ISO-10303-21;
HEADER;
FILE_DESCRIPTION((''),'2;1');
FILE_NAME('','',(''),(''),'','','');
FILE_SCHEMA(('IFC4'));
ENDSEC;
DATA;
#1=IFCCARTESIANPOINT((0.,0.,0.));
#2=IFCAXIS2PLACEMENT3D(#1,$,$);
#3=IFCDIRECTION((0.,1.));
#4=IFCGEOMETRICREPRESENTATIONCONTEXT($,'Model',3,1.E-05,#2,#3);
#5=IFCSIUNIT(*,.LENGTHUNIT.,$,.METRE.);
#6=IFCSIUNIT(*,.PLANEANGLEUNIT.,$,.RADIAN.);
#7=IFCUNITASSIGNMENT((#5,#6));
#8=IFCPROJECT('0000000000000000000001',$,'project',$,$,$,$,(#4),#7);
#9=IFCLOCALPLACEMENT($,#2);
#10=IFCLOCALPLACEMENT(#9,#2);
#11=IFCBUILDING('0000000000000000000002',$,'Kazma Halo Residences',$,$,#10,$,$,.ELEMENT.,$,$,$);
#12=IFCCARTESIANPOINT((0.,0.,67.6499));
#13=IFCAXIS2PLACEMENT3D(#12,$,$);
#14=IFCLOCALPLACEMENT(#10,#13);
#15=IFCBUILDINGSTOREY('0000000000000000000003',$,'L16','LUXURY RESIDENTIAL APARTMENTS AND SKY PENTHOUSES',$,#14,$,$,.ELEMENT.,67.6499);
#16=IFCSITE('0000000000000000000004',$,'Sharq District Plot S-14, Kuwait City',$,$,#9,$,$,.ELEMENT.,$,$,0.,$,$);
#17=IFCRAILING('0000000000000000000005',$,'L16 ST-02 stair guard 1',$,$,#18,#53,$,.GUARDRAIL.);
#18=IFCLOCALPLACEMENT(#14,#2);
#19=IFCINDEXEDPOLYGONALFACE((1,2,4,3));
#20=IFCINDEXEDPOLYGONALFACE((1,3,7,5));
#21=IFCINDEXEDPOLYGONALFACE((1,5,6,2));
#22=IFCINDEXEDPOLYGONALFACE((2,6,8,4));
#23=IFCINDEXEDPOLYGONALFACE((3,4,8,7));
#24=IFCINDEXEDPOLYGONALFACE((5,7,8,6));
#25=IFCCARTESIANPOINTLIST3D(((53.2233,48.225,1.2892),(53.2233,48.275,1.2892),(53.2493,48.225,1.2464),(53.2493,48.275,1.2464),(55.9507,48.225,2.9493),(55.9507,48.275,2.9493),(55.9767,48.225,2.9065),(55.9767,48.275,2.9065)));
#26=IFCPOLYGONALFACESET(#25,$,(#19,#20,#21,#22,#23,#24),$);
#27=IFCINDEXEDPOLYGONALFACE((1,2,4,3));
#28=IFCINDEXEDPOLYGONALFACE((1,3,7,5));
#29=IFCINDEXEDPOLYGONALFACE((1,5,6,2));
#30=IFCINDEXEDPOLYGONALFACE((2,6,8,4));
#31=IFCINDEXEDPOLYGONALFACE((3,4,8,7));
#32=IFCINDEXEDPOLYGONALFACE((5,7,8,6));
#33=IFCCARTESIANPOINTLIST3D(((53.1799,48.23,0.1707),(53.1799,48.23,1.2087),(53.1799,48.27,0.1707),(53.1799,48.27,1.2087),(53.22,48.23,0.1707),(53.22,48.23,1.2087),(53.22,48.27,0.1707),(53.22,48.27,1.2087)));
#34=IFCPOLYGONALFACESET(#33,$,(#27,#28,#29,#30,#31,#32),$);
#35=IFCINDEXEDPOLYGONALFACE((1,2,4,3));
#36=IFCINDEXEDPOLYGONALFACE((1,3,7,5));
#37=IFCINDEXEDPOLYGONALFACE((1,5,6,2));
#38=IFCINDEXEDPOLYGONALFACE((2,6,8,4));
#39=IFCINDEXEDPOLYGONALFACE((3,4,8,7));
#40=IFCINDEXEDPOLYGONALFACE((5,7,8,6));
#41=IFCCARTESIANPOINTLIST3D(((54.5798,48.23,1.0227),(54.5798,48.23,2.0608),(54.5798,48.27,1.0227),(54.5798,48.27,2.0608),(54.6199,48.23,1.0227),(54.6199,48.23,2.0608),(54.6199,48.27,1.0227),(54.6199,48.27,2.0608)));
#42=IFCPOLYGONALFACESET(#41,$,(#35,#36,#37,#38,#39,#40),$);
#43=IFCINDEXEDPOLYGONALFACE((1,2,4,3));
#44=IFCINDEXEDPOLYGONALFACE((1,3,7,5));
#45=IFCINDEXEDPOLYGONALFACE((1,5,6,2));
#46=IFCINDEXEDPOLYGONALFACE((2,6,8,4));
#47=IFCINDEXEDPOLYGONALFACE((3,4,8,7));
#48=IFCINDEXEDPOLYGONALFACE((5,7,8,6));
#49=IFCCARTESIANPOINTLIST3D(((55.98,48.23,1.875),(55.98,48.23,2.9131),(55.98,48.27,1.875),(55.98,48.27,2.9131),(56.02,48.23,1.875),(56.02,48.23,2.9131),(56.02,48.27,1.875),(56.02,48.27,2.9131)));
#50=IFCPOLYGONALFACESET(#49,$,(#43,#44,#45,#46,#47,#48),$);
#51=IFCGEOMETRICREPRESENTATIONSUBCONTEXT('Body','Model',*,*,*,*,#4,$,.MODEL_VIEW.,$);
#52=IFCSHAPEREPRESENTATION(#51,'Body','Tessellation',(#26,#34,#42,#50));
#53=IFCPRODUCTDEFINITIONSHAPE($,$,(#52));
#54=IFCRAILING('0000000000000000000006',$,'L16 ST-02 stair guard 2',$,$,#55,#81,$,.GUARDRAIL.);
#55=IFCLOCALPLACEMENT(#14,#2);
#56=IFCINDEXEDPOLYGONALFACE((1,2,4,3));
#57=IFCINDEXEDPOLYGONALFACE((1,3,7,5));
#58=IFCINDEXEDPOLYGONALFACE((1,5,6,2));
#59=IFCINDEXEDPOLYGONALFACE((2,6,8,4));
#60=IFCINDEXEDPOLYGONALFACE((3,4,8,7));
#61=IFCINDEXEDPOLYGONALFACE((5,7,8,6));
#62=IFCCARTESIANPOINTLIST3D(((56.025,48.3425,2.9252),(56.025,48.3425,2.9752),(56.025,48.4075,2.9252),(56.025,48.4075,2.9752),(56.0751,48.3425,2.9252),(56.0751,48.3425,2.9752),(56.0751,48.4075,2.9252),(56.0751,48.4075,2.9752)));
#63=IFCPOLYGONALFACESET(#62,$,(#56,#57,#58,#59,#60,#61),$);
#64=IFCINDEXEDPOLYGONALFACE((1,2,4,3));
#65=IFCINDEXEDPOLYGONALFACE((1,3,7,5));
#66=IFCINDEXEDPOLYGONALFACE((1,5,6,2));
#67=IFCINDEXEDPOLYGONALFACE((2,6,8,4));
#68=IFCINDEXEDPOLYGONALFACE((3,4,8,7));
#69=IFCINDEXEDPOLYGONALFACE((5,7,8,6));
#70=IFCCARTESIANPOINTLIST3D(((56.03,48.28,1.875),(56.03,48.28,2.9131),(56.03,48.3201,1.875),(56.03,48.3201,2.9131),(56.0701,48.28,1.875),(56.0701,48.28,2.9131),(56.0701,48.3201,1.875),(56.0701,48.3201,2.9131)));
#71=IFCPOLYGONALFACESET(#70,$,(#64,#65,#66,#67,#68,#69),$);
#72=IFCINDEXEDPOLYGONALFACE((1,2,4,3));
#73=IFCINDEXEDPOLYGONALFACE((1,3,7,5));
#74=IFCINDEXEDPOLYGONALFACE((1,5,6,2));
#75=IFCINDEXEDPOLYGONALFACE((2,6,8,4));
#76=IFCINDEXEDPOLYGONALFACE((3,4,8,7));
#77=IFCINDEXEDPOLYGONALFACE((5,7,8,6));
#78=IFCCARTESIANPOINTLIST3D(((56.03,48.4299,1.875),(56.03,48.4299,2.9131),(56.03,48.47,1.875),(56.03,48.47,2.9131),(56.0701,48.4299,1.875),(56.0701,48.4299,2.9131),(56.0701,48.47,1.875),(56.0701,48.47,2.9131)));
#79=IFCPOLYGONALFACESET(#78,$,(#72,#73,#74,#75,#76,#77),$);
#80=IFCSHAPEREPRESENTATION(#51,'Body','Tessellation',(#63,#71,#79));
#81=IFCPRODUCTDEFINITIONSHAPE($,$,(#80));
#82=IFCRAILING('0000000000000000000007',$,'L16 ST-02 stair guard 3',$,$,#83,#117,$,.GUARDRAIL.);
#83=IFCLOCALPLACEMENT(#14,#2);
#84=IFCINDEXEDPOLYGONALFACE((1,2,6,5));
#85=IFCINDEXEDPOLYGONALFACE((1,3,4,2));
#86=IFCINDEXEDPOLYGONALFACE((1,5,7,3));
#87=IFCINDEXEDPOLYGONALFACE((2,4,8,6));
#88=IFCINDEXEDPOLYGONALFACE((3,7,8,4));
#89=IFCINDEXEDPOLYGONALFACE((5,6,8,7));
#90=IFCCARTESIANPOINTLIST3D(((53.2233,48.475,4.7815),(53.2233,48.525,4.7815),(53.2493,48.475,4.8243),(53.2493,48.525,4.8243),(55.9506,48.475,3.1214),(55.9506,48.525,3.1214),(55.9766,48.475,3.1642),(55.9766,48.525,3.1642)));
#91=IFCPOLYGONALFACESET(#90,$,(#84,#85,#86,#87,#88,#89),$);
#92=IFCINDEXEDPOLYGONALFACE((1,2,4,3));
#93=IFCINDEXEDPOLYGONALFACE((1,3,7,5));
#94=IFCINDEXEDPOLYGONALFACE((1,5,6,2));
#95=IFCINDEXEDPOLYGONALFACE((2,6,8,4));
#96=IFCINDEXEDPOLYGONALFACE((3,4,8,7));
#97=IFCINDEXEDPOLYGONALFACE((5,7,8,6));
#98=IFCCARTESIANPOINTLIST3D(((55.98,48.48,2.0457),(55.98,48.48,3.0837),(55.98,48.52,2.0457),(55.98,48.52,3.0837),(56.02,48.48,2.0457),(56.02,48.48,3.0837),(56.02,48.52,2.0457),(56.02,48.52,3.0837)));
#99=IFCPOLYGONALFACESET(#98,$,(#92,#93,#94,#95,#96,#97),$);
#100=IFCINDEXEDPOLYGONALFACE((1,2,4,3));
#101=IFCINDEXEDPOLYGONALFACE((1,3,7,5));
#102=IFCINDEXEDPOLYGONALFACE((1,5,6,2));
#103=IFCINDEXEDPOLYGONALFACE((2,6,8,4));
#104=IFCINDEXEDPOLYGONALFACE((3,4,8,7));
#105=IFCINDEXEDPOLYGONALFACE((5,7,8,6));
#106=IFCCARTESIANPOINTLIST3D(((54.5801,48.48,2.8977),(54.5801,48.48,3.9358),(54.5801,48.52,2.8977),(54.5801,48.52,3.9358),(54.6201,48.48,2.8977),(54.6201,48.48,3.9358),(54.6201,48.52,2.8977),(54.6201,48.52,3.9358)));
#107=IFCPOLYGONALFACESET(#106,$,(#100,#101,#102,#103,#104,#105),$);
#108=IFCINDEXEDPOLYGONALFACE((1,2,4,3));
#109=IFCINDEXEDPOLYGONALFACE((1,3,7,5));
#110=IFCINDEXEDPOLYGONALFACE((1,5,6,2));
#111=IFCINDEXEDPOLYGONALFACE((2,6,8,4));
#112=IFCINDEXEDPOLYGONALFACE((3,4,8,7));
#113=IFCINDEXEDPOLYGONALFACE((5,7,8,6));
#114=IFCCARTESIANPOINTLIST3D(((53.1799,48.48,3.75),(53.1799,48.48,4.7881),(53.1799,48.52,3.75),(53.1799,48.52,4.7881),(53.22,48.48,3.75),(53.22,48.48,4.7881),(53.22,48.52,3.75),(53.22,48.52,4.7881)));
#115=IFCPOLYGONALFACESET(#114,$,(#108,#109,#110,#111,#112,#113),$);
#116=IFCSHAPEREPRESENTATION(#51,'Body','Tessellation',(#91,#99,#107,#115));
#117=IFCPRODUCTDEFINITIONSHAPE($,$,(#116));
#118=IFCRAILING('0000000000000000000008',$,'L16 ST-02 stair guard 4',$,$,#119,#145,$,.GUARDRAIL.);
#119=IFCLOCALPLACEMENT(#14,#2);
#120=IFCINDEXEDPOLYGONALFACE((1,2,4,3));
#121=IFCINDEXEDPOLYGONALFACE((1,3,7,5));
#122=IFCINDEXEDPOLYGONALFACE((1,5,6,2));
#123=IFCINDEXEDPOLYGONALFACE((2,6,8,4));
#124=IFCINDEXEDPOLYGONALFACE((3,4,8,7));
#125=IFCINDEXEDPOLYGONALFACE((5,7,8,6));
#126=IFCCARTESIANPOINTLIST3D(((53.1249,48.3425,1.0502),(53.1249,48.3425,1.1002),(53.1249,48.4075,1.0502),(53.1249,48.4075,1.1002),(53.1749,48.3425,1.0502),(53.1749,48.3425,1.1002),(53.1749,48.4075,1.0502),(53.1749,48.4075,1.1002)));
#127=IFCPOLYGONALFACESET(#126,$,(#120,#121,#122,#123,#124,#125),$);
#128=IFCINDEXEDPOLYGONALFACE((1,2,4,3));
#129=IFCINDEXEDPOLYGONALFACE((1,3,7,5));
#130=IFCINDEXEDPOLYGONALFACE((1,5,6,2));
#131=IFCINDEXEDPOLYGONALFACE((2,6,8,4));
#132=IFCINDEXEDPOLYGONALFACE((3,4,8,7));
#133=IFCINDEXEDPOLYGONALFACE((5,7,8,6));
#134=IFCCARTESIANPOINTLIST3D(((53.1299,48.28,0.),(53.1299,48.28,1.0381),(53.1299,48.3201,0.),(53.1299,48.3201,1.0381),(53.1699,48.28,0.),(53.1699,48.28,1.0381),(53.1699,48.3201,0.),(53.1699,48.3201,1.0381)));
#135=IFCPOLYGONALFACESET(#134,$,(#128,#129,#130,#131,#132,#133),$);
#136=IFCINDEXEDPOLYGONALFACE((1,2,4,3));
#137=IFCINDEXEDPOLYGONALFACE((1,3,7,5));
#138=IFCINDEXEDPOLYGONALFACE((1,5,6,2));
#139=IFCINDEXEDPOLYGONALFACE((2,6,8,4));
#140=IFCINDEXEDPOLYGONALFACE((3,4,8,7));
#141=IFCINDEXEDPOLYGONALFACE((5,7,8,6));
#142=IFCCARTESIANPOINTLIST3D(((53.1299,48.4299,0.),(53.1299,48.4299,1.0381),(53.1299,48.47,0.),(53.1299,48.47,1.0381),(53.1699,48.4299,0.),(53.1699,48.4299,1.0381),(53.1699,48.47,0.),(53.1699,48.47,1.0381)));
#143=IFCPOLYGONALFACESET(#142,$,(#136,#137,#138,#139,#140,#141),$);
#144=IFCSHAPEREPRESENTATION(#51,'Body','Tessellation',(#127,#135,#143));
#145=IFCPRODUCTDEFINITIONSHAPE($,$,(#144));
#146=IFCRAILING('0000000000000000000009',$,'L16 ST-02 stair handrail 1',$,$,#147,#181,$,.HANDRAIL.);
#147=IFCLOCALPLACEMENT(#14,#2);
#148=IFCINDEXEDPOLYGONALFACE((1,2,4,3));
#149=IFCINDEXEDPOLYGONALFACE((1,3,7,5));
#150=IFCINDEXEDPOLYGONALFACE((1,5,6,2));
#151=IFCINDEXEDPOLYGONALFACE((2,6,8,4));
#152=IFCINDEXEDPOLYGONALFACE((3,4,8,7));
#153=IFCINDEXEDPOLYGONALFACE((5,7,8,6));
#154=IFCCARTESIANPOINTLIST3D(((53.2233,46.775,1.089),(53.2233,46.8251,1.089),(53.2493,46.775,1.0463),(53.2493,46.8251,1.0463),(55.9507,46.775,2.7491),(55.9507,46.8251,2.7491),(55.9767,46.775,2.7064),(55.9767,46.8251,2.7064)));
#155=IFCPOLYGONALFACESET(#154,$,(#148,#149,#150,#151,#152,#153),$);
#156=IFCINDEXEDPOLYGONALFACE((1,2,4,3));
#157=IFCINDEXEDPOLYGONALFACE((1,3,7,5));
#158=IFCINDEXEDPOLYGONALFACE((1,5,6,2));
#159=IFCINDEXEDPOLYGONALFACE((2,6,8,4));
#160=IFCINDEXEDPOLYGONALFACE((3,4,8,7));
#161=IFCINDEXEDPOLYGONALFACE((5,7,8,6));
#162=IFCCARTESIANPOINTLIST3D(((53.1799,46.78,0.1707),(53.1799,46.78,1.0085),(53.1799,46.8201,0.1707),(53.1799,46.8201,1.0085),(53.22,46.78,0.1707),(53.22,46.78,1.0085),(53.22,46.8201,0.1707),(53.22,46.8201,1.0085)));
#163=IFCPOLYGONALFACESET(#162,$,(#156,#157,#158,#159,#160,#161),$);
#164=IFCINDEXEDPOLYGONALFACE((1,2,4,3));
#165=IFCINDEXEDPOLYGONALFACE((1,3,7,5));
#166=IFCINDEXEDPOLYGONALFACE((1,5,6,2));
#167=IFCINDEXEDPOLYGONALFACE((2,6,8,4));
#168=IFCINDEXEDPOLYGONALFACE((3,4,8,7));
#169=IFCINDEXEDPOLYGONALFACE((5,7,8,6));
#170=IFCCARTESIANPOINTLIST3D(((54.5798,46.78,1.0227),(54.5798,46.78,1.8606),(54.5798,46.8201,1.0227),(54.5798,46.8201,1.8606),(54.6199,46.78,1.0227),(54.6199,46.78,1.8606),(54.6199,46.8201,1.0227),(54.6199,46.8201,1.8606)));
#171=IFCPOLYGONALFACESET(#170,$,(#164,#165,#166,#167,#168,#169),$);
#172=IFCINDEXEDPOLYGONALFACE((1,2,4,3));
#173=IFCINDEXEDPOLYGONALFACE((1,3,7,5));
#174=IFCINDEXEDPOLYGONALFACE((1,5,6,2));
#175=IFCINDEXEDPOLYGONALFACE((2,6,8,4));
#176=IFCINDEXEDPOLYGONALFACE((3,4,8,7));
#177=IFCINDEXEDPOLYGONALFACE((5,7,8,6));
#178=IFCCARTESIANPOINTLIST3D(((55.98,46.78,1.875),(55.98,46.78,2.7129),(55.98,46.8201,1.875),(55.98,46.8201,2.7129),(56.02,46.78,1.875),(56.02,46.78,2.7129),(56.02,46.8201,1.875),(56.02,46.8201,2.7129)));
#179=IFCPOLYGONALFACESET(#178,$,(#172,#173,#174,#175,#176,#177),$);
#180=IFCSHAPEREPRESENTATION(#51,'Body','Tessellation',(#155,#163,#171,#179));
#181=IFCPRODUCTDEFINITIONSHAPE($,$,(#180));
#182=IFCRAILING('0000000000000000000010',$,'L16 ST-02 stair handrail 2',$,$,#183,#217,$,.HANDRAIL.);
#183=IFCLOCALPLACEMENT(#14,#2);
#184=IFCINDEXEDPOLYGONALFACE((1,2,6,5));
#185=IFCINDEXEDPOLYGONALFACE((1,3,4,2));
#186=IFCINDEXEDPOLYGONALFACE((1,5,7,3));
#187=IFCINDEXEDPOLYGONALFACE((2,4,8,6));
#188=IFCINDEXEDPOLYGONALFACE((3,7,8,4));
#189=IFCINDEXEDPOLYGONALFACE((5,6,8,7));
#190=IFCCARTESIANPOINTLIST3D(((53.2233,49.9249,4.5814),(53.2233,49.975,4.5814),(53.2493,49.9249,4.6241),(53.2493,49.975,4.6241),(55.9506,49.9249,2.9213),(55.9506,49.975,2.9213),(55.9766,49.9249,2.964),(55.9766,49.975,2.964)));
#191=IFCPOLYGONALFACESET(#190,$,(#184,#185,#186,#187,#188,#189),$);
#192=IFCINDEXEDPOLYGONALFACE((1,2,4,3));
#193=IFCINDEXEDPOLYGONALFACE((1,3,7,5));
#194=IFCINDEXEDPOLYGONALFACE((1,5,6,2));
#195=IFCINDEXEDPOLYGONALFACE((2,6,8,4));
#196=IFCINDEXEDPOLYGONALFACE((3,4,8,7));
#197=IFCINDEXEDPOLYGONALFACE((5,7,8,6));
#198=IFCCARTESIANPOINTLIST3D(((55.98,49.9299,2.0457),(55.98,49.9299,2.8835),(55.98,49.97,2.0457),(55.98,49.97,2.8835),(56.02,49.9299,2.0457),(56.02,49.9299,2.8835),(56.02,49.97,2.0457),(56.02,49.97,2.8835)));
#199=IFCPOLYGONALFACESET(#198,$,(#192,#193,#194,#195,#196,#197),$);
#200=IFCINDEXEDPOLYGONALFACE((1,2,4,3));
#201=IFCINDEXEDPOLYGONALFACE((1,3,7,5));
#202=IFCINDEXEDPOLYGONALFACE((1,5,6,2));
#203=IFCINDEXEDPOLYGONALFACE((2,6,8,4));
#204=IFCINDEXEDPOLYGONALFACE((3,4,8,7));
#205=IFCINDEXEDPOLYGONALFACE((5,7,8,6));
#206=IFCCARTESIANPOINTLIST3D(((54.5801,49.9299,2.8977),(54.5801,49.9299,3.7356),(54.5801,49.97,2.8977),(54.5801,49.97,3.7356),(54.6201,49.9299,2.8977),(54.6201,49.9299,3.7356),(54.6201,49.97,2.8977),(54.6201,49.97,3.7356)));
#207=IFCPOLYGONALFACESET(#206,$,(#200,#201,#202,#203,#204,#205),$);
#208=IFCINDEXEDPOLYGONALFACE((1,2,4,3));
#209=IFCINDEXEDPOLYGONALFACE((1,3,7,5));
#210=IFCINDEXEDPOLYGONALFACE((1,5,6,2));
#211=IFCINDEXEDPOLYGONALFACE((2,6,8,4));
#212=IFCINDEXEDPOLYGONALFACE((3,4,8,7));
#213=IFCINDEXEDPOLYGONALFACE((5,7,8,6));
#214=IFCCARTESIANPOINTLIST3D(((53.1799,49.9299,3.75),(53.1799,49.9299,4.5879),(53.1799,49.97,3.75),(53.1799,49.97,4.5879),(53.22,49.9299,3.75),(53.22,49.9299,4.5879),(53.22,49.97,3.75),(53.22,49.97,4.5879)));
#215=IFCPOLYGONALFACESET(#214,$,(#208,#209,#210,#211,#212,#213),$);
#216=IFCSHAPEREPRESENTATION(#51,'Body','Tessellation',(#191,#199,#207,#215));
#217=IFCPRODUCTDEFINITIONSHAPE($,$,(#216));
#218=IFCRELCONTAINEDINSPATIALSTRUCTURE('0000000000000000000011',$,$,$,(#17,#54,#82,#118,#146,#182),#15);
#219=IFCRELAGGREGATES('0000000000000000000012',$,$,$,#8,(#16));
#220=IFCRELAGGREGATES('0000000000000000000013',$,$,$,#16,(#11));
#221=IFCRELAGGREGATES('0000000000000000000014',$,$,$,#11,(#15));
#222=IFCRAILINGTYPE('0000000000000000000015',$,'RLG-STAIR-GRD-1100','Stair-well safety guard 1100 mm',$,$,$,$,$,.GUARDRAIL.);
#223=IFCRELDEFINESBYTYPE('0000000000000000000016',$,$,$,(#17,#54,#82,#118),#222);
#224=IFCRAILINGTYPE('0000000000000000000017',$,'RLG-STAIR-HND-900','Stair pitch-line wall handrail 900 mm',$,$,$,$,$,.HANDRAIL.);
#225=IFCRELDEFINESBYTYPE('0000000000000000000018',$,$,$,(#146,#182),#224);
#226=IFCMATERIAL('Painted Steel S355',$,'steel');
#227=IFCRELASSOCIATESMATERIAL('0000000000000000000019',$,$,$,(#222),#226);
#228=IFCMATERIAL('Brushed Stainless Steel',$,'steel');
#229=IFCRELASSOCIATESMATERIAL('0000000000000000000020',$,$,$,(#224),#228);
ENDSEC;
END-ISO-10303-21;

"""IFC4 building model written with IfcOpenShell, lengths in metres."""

from ifc_helpers import new_model, si_unit, direction, frame, origin, origin_2d, place, context, subcontext, project, spatial, rectangle, extrude, material, type_object, element, save


model = new_model("IFC4")

# Units and contexts
model_context = context("Model", 3, precision=1e-05, world=origin(), true_north=direction((0.0, 1.0)))
body_context = subcontext(model_context, "Body", "Model", "MODEL_VIEW")
ifc_project = project(units=[si_unit("LENGTHUNIT", "METRE"), si_unit("PLANEANGLEUNIT", "RADIAN")], contexts=[model_context])

# Site, building, storey
site_placement = place(None, origin())
site = spatial("IfcSite", under=ifc_project, at=site_placement, Name="Sharq District Plot S-14, Kuwait City", CompositionType="ELEMENT", RefElevation=0.0)
building_placement = place(site_placement, origin())
building = spatial("IfcBuilding", under=site, at=building_placement, Name="Kazma Halo Residences", CompositionType="ELEMENT")
storey_placement = place(building_placement, frame((0.0, 0.0, 67.6499)))
storey = spatial("IfcBuildingStorey", under=building, at=storey_placement, Name="L16", Description="LUXURY RESIDENTIAL APARTMENTS AND SKY PENTHOUSES", CompositionType="ELEMENT", Elevation=67.6499)

# Railings
ifc_material_1 = material(Name="Painted Steel S355", Category="steel")
railing_type_1 = type_object("IfcRailingType", Name="RLG-STAIR-GRD-1100", Description="Stair-well safety guard 1100 mm", PredefinedType="GUARDRAIL", material=ifc_material_1)
railing_1_placement = place(storey_placement, frame((53.2, 48.25, 0.1707)))
element("IfcRailing", 1, at=railing_1_placement, inside=storey, type_object=railing_type_1, Name="L16 ST-02 stair guard 1", PredefinedType="GUARDRAIL", context=body_context, shape_type="SweptSolid", body=[
    extrude(rectangle(XDim=0.05, YDim=0.05, at=origin_2d()), frame((0.0364, 0.0, 1.0972), z_axis=(0.854203, 0.0, 0.51994), x_axis=(0.0, 1.0, 0.0)), (0.0, 0.0, 1.0), 3.1929),
    extrude(rectangle(XDim=0.04, YDim=0.04, at=origin_2d()), origin(), (0.0, 0.0, 1.0), 1.0381),
    extrude(rectangle(XDim=0.04, YDim=0.04, at=origin_2d()), frame((1.3999, 0.0, 0.8521)), (0.0, 0.0, 1.0), 1.0381),
    extrude(rectangle(XDim=0.04, YDim=0.04, at=origin_2d()), frame((2.8, 0.0, 1.7043)), (0.0, 0.0, 1.0), 1.0381),
])
railing_2_placement = place(storey_placement, frame((56.05, 48.3, 1.875)))
element("IfcRailing", 2, at=railing_2_placement, inside=storey, type_object=railing_type_1, Name="L16 ST-02 stair guard 2", PredefinedType="GUARDRAIL", context=body_context, shape_type="SweptSolid", body=[
    extrude(rectangle(XDim=0.05, YDim=0.05, at=origin_2d()), frame((0.0, 0.0425, 1.0752), z_axis=(0.0, 1.0, 0.0), x_axis=(-1.0, 0.0, 0.0)), (0.0, 0.0, 1.0), 0.0649),
    extrude(rectangle(XDim=0.04, YDim=0.04, at=origin_2d()), origin(), (0.0, 0.0, 1.0), 1.0381),
    extrude(rectangle(XDim=0.04, YDim=0.04, at=origin_2d()), frame((0.0, 0.1499, 0.0)), (0.0, 0.0, 1.0), 1.0381),
])
railing_3_placement = place(storey_placement, frame((56.0, 48.5, 2.0457)))
element("IfcRailing", 3, at=railing_3_placement, inside=storey, type_object=railing_type_1, Name="L16 ST-02 stair guard 3", PredefinedType="GUARDRAIL", context=body_context, shape_type="SweptSolid", body=[
    extrude(rectangle(XDim=0.05, YDim=0.05, at=origin_2d()), frame((-0.0364, 0.0, 1.0972), z_axis=(-0.854203, 0.0, 0.51994), x_axis=(0.0, -1.0, 0.0)), (0.0, 0.0, 1.0), 3.1929),
    extrude(rectangle(XDim=0.04, YDim=0.04, at=origin_2d()), origin(), (0.0, 0.0, 1.0), 1.0381),
    extrude(rectangle(XDim=0.04, YDim=0.04, at=origin_2d()), frame((-1.3999, 0.0, 0.8521)), (0.0, 0.0, 1.0), 1.0381),
    extrude(rectangle(XDim=0.04, YDim=0.04, at=origin_2d()), frame((-2.8, 0.0, 1.7043)), (0.0, 0.0, 1.0), 1.0381),
])
railing_4_placement = place(storey_placement, frame((53.1499, 48.3, 0.0)))
element("IfcRailing", 4, at=railing_4_placement, inside=storey, type_object=railing_type_1, Name="L16 ST-02 stair guard 4", PredefinedType="GUARDRAIL", context=body_context, shape_type="SweptSolid", body=[
    extrude(rectangle(XDim=0.05, YDim=0.05, at=origin_2d()), frame((0.0, 0.0425, 1.0752), z_axis=(0.0, 1.0, 0.0), x_axis=(-1.0, 0.0, 0.0)), (0.0, 0.0, 1.0), 0.0649),
    extrude(rectangle(XDim=0.04, YDim=0.04, at=origin_2d()), origin(), (0.0, 0.0, 1.0), 1.0381),
    extrude(rectangle(XDim=0.04, YDim=0.04, at=origin_2d()), frame((0.0, 0.1499, 0.0)), (0.0, 0.0, 1.0), 1.0381),
])
ifc_material_2 = material(Name="Brushed Stainless Steel", Category="steel")
railing_type_2 = type_object("IfcRailingType", Name="RLG-STAIR-HND-900", Description="Stair pitch-line wall handrail 900 mm", PredefinedType="HANDRAIL", material=ifc_material_2)
railing_5_placement = place(storey_placement, frame((53.2, 46.8, 0.1707)))
element("IfcRailing", 5, at=railing_5_placement, inside=storey, type_object=railing_type_2, Name="L16 ST-02 stair handrail 1", PredefinedType="HANDRAIL", context=body_context, shape_type="SweptSolid", body=[
    extrude(rectangle(XDim=0.05, YDim=0.05, at=origin_2d()), frame((0.0364, 0.0, 0.897), z_axis=(0.854203, 0.0, 0.51994), x_axis=(0.0, 1.0, 0.0)), (0.0, 0.0, 1.0), 3.1929),
    extrude(rectangle(XDim=0.04, YDim=0.04, at=origin_2d()), origin(), (0.0, 0.0, 1.0), 0.8379),
    extrude(rectangle(XDim=0.04, YDim=0.04, at=origin_2d()), frame((1.3999, 0.0, 0.8521)), (0.0, 0.0, 1.0), 0.8379),
    extrude(rectangle(XDim=0.04, YDim=0.04, at=origin_2d()), frame((2.8, 0.0, 1.7043)), (0.0, 0.0, 1.0), 0.8379),
])
railing_6_placement = place(storey_placement, frame((56.0, 49.95, 2.0457)))
element("IfcRailing", 6, at=railing_6_placement, inside=storey, type_object=railing_type_2, Name="L16 ST-02 stair handrail 2", PredefinedType="HANDRAIL", context=body_context, shape_type="SweptSolid", body=[
    extrude(rectangle(XDim=0.05, YDim=0.05, at=origin_2d()), frame((-0.0364, 0.0, 0.897), z_axis=(-0.854203, 0.0, 0.51994), x_axis=(0.0, -1.0, 0.0)), (0.0, 0.0, 1.0), 3.1929),
    extrude(rectangle(XDim=0.04, YDim=0.04, at=origin_2d()), origin(), (0.0, 0.0, 1.0), 0.8379),
    extrude(rectangle(XDim=0.04, YDim=0.04, at=origin_2d()), frame((-1.3999, 0.0, 0.8521)), (0.0, 0.0, 1.0), 0.8379),
    extrude(rectangle(XDim=0.04, YDim=0.04, at=origin_2d()), frame((-2.8, 0.0, 1.7043)), (0.0, 0.0, 1.0), 0.8379),
])

save(model, "model.ifc")
